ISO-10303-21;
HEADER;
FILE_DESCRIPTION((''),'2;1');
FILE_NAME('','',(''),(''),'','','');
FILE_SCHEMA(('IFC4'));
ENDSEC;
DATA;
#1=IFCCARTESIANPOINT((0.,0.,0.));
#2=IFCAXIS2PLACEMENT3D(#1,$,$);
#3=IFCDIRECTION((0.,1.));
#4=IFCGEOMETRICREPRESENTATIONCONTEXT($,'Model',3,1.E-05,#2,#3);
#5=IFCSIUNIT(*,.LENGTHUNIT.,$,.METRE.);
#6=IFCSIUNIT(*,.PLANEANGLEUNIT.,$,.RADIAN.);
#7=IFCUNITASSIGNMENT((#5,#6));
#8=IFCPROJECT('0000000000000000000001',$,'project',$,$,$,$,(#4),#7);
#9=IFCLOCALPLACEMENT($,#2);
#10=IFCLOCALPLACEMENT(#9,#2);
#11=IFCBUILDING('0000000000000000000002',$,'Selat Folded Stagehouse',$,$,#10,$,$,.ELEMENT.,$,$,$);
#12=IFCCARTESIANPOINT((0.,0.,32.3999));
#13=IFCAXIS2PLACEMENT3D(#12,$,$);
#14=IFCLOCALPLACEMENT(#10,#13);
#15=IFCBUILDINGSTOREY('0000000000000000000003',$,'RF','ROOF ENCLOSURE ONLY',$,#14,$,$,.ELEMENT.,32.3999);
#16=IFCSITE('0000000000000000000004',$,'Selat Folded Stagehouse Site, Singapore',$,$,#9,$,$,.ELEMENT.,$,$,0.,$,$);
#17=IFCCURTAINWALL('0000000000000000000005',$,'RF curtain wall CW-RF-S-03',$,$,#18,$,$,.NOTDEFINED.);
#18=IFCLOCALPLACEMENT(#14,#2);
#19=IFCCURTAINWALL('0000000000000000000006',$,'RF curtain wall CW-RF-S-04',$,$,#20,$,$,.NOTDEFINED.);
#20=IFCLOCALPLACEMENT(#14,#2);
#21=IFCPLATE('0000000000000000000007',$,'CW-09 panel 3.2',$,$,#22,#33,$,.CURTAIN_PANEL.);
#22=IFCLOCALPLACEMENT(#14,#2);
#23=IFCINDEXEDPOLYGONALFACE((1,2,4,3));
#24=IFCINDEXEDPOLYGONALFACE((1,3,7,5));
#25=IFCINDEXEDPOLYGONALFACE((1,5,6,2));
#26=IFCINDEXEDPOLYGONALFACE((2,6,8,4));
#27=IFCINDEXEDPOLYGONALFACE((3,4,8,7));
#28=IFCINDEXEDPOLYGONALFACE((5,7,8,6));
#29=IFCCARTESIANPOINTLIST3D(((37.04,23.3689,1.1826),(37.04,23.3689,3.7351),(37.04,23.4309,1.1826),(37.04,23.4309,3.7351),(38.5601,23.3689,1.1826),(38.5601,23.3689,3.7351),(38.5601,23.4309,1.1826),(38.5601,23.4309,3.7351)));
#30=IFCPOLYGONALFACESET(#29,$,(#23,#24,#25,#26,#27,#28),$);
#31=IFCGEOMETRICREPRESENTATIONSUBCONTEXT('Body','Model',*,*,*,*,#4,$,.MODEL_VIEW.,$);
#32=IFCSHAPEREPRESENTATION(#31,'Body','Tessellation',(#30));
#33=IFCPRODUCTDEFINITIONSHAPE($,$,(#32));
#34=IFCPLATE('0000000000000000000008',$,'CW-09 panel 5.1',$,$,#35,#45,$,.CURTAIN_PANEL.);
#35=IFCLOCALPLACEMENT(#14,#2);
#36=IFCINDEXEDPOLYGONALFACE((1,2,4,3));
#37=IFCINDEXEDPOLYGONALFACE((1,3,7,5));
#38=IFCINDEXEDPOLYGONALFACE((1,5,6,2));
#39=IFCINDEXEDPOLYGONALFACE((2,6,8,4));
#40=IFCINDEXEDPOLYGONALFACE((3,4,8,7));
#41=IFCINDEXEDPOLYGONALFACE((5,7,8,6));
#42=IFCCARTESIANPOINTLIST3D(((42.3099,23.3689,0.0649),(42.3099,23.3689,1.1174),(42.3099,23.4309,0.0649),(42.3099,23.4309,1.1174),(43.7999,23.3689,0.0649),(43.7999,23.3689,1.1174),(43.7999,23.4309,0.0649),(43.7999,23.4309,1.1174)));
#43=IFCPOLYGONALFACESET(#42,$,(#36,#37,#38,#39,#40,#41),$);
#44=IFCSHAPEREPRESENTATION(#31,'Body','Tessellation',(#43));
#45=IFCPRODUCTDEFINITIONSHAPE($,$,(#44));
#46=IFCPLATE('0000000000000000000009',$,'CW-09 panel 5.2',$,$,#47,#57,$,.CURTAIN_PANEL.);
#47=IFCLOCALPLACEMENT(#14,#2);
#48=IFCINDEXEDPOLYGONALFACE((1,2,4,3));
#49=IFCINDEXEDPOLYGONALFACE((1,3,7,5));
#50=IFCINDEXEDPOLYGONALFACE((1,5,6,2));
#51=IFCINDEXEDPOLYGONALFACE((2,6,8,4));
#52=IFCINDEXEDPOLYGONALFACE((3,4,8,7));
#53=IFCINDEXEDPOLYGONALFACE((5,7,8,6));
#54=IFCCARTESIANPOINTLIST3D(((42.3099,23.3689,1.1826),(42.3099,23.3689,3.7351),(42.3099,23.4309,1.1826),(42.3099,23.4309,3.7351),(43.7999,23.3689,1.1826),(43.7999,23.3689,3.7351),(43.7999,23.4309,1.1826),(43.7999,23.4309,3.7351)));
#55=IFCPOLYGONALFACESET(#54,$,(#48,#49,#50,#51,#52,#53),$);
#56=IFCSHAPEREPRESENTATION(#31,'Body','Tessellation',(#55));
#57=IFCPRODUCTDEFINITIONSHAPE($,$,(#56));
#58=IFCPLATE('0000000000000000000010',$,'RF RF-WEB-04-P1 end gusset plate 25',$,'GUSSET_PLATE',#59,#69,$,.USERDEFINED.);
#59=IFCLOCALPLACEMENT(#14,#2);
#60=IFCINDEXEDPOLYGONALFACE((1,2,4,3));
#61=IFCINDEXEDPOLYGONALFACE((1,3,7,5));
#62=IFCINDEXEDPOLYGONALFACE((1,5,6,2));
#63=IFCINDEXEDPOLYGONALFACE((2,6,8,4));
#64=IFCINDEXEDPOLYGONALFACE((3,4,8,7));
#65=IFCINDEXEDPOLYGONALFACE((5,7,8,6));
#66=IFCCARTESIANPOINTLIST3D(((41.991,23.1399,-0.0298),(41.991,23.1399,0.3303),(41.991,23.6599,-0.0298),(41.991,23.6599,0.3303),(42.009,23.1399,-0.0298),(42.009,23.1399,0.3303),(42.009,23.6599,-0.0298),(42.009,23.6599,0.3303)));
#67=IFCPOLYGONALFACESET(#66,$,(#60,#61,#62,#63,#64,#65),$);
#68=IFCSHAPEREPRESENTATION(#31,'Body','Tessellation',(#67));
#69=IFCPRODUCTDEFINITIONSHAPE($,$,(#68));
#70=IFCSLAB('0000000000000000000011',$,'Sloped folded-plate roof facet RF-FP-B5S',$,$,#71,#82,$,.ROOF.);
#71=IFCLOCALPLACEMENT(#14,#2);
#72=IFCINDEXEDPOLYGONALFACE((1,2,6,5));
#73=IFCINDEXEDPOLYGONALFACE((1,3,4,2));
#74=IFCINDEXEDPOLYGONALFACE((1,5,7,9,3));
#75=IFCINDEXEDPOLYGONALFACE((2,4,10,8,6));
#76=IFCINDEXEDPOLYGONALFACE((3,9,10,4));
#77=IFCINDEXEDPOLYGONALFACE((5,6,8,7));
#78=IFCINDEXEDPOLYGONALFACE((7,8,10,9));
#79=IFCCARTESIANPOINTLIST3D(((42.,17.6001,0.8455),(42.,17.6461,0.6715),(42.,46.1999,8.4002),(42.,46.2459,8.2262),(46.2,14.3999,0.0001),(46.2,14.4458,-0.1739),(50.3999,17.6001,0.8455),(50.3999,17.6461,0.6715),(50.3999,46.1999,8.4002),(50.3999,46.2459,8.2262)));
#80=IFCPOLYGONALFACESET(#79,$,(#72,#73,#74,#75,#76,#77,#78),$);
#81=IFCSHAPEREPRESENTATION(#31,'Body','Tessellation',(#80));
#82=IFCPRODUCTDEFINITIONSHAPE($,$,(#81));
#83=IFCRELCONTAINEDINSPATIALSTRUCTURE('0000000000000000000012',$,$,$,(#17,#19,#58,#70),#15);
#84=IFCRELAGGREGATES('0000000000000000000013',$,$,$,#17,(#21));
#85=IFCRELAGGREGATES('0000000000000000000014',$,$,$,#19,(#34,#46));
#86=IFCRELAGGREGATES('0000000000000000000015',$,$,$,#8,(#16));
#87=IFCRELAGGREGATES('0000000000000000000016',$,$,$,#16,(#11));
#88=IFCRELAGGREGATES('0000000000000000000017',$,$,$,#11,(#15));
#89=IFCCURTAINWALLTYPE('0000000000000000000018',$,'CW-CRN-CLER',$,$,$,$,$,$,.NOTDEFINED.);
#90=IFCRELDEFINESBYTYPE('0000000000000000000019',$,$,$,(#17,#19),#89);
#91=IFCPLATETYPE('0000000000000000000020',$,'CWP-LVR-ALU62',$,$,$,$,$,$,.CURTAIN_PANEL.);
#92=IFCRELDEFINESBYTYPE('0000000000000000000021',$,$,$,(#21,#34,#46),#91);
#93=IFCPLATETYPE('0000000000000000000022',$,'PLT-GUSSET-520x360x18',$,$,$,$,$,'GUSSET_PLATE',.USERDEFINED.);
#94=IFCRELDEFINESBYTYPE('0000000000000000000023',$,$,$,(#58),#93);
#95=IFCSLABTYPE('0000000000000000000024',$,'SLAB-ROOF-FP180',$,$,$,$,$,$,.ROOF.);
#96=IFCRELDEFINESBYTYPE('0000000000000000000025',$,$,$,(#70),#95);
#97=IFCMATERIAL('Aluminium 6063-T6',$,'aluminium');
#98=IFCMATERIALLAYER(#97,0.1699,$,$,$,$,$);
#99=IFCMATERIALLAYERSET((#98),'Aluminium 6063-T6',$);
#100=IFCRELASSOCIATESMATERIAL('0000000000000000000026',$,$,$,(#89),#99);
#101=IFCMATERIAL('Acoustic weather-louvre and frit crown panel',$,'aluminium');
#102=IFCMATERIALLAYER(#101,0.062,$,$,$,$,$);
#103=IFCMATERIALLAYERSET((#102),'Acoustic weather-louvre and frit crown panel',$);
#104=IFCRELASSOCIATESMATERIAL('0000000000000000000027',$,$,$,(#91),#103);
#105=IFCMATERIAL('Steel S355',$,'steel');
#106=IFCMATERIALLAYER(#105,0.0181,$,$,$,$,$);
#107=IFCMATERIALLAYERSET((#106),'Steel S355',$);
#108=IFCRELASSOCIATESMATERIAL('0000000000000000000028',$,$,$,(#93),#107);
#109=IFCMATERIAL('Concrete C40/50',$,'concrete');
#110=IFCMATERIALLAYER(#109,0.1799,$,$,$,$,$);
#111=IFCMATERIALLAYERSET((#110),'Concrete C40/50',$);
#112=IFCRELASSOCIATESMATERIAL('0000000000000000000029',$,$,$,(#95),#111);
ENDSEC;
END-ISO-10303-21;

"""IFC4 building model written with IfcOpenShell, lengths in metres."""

from ifc_helpers import new_model, si_unit, direction, frame, origin, origin_2d, place, context, subcontext, project, spatial, polyline, rectangle, outline, extrude, material, layer, layer_set, type_object, element, aggregate, save


model = new_model("IFC4")

# Units and contexts
model_context = context("Model", 3, precision=1e-05, world=origin(), true_north=direction((0.0, 1.0)))
body_context = subcontext(model_context, "Body", "Model", "MODEL_VIEW")
ifc_project = project(units=[si_unit("LENGTHUNIT", "METRE"), si_unit("PLANEANGLEUNIT", "RADIAN")], contexts=[model_context])

# Site, building, storey
site_placement = place(None, origin())
site = spatial("IfcSite", under=ifc_project, at=site_placement, Name="Selat Folded Stagehouse Site, Singapore", CompositionType="ELEMENT", RefElevation=0.0)
building_placement = place(site_placement, origin())
building = spatial("IfcBuilding", under=site, at=building_placement, Name="Selat Folded Stagehouse", CompositionType="ELEMENT")
storey_placement = place(building_placement, frame((0.0, 0.0, 32.3999)))
storey = spatial("IfcBuildingStorey", under=building, at=storey_placement, Name="RF", Description="ROOF ENCLOSURE ONLY", CompositionType="ELEMENT", Elevation=32.3999)

# Shared definitions
ifc_material_1 = material(Name="Steel S355", Category="steel")

# Curtain wall
ifc_material_2 = material(Name="Aluminium 6063-T6", Category="aluminium")
ifc_layer_1 = layer(ifc_material_2, 0.1699)
ifc_layer_set_1 = layer_set([ifc_layer_1], Name="Aluminium 6063-T6")
curtain_wall_type = type_object("IfcCurtainWallType", Name="CW-CRN-CLER", PredefinedType="NOTDEFINED", material=ifc_layer_set_1)
curtain_wall_1_placement = place(storey_placement, origin())
curtain_wall_1 = element("IfcCurtainWall", 1, at=curtain_wall_1_placement, inside=storey, type_object=curtain_wall_type, Name="RF curtain wall CW-RF-S-03", PredefinedType="NOTDEFINED")

# Curtain wall
curtain_wall_2_placement = place(storey_placement, origin())
curtain_wall_2 = element("IfcCurtainWall", 2, at=curtain_wall_2_placement, inside=storey, type_object=curtain_wall_type, Name="RF curtain wall CW-RF-S-04", PredefinedType="NOTDEFINED")

# Plates
ifc_material_3 = material(Name="Acoustic weather-louvre and frit crown panel", Category="aluminium")
ifc_layer_2 = layer(ifc_material_3, 0.062)
ifc_layer_set_2 = layer_set([ifc_layer_2], Name="Acoustic weather-louvre and frit crown panel")
plate_type_1 = type_object("IfcPlateType", Name="CWP-LVR-ALU62", PredefinedType="CURTAIN_PANEL", material=ifc_layer_set_2)
plate_1_placement = place(storey_placement, frame((37.8, 23.3999, 1.1826), z_axis=(0.0, 0.0, 1.0), x_axis=(-1.0, 0.0, 0.0)))
plate_1 = element("IfcPlate", 3, at=plate_1_placement, type_object=plate_type_1, Name="CW-09 panel 3.2", PredefinedType="CURTAIN_PANEL", context=body_context, shape_type="SweptSolid", body=[
    extrude(rectangle(XDim=1.52, YDim=0.062, at=origin_2d()), origin(), (0.0, 0.0, 1.0), 2.5525),
])
aggregate(curtain_wall_1, [plate_1])
plate_2_placement = place(storey_placement, frame((43.0549, 23.3999, 0.0649), z_axis=(0.0, 0.0, 1.0), x_axis=(-1.0, 0.0, 0.0)))
plate_2 = element("IfcPlate", 4, at=plate_2_placement, type_object=plate_type_1, Name="CW-09 panel 5.1", PredefinedType="CURTAIN_PANEL", context=body_context, shape_type="SweptSolid", body=[
    extrude(rectangle(XDim=1.49, YDim=0.062, at=origin_2d()), origin(), (0.0, 0.0, 1.0), 1.0525),
])
plate_3_placement = place(storey_placement, frame((43.0549, 23.3999, 1.1826), z_axis=(0.0, 0.0, 1.0), x_axis=(-1.0, 0.0, 0.0)))
plate_3 = element("IfcPlate", 5, at=plate_3_placement, type_object=plate_type_1, Name="CW-09 panel 5.2", PredefinedType="CURTAIN_PANEL", context=body_context, shape_type="SweptSolid", body=[
    extrude(rectangle(XDim=1.49, YDim=0.062, at=origin_2d()), origin(), (0.0, 0.0, 1.0), 2.5525),
])
aggregate(curtain_wall_2, [plate_2, plate_3])
ifc_layer_3 = layer(ifc_material_1, 0.0181)
ifc_layer_set_3 = layer_set([ifc_layer_3], Name="Steel S355")
plate_type_2 = type_object("IfcPlateType", Name="PLT-GUSSET-520x360x18", ElementType="GUSSET_PLATE", PredefinedType="USERDEFINED", material=ifc_layer_set_3)
plate_4_placement = place(storey_placement, frame((42.0, 23.3999, -0.0298), z_axis=(0.0, 0.0, 1.0), x_axis=(0.0, 1.0, 0.0)))
element("IfcPlate", 6, at=plate_4_placement, inside=storey, type_object=plate_type_2, Name="RF RF-WEB-04-P1 end gusset plate 25", ObjectType="GUSSET_PLATE", PredefinedType="USERDEFINED", context=body_context, shape_type="SweptSolid", body=[
    extrude(rectangle(XDim=0.52, YDim=0.0181, at=origin_2d()), origin(), (0.0, 0.0, 1.0), 0.3601),
])

# Slab
ifc_material_4 = material(Name="Concrete C40/50", Category="concrete")
ifc_layer_4 = layer(ifc_material_4, 0.1799)
ifc_layer_set_4 = layer_set([ifc_layer_4], Name="Concrete C40/50")
slab_type = type_object("IfcSlabType", Name="SLAB-ROOF-FP180", PredefinedType="ROOF", material=ifc_layer_set_4)
slab_placement = place(storey_placement, frame((42.0, 17.6001, 0.8455), z_axis=(0.0, -0.255393, 0.966837), x_axis=(0.785406, -0.598454, -0.158083)))
element("IfcSlab", 7, at=slab_placement, inside=storey, type_object=slab_type, Name="Sloped folded-plate roof facet RF-FP-B5S", PredefinedType="ROOF", context=body_context, shape_type="SweptSolid", body=[
    extrude(outline(polyline([(0.0, 0.0), (5.3475, 0.0), (6.5973, 5.1994), (-11.7126, 28.4323), (-18.31, 23.233), (0.0, 0.0)])), origin(), (0.0, 0.0, -1.0), 0.1799),
])

save(model, "model.ifc")
